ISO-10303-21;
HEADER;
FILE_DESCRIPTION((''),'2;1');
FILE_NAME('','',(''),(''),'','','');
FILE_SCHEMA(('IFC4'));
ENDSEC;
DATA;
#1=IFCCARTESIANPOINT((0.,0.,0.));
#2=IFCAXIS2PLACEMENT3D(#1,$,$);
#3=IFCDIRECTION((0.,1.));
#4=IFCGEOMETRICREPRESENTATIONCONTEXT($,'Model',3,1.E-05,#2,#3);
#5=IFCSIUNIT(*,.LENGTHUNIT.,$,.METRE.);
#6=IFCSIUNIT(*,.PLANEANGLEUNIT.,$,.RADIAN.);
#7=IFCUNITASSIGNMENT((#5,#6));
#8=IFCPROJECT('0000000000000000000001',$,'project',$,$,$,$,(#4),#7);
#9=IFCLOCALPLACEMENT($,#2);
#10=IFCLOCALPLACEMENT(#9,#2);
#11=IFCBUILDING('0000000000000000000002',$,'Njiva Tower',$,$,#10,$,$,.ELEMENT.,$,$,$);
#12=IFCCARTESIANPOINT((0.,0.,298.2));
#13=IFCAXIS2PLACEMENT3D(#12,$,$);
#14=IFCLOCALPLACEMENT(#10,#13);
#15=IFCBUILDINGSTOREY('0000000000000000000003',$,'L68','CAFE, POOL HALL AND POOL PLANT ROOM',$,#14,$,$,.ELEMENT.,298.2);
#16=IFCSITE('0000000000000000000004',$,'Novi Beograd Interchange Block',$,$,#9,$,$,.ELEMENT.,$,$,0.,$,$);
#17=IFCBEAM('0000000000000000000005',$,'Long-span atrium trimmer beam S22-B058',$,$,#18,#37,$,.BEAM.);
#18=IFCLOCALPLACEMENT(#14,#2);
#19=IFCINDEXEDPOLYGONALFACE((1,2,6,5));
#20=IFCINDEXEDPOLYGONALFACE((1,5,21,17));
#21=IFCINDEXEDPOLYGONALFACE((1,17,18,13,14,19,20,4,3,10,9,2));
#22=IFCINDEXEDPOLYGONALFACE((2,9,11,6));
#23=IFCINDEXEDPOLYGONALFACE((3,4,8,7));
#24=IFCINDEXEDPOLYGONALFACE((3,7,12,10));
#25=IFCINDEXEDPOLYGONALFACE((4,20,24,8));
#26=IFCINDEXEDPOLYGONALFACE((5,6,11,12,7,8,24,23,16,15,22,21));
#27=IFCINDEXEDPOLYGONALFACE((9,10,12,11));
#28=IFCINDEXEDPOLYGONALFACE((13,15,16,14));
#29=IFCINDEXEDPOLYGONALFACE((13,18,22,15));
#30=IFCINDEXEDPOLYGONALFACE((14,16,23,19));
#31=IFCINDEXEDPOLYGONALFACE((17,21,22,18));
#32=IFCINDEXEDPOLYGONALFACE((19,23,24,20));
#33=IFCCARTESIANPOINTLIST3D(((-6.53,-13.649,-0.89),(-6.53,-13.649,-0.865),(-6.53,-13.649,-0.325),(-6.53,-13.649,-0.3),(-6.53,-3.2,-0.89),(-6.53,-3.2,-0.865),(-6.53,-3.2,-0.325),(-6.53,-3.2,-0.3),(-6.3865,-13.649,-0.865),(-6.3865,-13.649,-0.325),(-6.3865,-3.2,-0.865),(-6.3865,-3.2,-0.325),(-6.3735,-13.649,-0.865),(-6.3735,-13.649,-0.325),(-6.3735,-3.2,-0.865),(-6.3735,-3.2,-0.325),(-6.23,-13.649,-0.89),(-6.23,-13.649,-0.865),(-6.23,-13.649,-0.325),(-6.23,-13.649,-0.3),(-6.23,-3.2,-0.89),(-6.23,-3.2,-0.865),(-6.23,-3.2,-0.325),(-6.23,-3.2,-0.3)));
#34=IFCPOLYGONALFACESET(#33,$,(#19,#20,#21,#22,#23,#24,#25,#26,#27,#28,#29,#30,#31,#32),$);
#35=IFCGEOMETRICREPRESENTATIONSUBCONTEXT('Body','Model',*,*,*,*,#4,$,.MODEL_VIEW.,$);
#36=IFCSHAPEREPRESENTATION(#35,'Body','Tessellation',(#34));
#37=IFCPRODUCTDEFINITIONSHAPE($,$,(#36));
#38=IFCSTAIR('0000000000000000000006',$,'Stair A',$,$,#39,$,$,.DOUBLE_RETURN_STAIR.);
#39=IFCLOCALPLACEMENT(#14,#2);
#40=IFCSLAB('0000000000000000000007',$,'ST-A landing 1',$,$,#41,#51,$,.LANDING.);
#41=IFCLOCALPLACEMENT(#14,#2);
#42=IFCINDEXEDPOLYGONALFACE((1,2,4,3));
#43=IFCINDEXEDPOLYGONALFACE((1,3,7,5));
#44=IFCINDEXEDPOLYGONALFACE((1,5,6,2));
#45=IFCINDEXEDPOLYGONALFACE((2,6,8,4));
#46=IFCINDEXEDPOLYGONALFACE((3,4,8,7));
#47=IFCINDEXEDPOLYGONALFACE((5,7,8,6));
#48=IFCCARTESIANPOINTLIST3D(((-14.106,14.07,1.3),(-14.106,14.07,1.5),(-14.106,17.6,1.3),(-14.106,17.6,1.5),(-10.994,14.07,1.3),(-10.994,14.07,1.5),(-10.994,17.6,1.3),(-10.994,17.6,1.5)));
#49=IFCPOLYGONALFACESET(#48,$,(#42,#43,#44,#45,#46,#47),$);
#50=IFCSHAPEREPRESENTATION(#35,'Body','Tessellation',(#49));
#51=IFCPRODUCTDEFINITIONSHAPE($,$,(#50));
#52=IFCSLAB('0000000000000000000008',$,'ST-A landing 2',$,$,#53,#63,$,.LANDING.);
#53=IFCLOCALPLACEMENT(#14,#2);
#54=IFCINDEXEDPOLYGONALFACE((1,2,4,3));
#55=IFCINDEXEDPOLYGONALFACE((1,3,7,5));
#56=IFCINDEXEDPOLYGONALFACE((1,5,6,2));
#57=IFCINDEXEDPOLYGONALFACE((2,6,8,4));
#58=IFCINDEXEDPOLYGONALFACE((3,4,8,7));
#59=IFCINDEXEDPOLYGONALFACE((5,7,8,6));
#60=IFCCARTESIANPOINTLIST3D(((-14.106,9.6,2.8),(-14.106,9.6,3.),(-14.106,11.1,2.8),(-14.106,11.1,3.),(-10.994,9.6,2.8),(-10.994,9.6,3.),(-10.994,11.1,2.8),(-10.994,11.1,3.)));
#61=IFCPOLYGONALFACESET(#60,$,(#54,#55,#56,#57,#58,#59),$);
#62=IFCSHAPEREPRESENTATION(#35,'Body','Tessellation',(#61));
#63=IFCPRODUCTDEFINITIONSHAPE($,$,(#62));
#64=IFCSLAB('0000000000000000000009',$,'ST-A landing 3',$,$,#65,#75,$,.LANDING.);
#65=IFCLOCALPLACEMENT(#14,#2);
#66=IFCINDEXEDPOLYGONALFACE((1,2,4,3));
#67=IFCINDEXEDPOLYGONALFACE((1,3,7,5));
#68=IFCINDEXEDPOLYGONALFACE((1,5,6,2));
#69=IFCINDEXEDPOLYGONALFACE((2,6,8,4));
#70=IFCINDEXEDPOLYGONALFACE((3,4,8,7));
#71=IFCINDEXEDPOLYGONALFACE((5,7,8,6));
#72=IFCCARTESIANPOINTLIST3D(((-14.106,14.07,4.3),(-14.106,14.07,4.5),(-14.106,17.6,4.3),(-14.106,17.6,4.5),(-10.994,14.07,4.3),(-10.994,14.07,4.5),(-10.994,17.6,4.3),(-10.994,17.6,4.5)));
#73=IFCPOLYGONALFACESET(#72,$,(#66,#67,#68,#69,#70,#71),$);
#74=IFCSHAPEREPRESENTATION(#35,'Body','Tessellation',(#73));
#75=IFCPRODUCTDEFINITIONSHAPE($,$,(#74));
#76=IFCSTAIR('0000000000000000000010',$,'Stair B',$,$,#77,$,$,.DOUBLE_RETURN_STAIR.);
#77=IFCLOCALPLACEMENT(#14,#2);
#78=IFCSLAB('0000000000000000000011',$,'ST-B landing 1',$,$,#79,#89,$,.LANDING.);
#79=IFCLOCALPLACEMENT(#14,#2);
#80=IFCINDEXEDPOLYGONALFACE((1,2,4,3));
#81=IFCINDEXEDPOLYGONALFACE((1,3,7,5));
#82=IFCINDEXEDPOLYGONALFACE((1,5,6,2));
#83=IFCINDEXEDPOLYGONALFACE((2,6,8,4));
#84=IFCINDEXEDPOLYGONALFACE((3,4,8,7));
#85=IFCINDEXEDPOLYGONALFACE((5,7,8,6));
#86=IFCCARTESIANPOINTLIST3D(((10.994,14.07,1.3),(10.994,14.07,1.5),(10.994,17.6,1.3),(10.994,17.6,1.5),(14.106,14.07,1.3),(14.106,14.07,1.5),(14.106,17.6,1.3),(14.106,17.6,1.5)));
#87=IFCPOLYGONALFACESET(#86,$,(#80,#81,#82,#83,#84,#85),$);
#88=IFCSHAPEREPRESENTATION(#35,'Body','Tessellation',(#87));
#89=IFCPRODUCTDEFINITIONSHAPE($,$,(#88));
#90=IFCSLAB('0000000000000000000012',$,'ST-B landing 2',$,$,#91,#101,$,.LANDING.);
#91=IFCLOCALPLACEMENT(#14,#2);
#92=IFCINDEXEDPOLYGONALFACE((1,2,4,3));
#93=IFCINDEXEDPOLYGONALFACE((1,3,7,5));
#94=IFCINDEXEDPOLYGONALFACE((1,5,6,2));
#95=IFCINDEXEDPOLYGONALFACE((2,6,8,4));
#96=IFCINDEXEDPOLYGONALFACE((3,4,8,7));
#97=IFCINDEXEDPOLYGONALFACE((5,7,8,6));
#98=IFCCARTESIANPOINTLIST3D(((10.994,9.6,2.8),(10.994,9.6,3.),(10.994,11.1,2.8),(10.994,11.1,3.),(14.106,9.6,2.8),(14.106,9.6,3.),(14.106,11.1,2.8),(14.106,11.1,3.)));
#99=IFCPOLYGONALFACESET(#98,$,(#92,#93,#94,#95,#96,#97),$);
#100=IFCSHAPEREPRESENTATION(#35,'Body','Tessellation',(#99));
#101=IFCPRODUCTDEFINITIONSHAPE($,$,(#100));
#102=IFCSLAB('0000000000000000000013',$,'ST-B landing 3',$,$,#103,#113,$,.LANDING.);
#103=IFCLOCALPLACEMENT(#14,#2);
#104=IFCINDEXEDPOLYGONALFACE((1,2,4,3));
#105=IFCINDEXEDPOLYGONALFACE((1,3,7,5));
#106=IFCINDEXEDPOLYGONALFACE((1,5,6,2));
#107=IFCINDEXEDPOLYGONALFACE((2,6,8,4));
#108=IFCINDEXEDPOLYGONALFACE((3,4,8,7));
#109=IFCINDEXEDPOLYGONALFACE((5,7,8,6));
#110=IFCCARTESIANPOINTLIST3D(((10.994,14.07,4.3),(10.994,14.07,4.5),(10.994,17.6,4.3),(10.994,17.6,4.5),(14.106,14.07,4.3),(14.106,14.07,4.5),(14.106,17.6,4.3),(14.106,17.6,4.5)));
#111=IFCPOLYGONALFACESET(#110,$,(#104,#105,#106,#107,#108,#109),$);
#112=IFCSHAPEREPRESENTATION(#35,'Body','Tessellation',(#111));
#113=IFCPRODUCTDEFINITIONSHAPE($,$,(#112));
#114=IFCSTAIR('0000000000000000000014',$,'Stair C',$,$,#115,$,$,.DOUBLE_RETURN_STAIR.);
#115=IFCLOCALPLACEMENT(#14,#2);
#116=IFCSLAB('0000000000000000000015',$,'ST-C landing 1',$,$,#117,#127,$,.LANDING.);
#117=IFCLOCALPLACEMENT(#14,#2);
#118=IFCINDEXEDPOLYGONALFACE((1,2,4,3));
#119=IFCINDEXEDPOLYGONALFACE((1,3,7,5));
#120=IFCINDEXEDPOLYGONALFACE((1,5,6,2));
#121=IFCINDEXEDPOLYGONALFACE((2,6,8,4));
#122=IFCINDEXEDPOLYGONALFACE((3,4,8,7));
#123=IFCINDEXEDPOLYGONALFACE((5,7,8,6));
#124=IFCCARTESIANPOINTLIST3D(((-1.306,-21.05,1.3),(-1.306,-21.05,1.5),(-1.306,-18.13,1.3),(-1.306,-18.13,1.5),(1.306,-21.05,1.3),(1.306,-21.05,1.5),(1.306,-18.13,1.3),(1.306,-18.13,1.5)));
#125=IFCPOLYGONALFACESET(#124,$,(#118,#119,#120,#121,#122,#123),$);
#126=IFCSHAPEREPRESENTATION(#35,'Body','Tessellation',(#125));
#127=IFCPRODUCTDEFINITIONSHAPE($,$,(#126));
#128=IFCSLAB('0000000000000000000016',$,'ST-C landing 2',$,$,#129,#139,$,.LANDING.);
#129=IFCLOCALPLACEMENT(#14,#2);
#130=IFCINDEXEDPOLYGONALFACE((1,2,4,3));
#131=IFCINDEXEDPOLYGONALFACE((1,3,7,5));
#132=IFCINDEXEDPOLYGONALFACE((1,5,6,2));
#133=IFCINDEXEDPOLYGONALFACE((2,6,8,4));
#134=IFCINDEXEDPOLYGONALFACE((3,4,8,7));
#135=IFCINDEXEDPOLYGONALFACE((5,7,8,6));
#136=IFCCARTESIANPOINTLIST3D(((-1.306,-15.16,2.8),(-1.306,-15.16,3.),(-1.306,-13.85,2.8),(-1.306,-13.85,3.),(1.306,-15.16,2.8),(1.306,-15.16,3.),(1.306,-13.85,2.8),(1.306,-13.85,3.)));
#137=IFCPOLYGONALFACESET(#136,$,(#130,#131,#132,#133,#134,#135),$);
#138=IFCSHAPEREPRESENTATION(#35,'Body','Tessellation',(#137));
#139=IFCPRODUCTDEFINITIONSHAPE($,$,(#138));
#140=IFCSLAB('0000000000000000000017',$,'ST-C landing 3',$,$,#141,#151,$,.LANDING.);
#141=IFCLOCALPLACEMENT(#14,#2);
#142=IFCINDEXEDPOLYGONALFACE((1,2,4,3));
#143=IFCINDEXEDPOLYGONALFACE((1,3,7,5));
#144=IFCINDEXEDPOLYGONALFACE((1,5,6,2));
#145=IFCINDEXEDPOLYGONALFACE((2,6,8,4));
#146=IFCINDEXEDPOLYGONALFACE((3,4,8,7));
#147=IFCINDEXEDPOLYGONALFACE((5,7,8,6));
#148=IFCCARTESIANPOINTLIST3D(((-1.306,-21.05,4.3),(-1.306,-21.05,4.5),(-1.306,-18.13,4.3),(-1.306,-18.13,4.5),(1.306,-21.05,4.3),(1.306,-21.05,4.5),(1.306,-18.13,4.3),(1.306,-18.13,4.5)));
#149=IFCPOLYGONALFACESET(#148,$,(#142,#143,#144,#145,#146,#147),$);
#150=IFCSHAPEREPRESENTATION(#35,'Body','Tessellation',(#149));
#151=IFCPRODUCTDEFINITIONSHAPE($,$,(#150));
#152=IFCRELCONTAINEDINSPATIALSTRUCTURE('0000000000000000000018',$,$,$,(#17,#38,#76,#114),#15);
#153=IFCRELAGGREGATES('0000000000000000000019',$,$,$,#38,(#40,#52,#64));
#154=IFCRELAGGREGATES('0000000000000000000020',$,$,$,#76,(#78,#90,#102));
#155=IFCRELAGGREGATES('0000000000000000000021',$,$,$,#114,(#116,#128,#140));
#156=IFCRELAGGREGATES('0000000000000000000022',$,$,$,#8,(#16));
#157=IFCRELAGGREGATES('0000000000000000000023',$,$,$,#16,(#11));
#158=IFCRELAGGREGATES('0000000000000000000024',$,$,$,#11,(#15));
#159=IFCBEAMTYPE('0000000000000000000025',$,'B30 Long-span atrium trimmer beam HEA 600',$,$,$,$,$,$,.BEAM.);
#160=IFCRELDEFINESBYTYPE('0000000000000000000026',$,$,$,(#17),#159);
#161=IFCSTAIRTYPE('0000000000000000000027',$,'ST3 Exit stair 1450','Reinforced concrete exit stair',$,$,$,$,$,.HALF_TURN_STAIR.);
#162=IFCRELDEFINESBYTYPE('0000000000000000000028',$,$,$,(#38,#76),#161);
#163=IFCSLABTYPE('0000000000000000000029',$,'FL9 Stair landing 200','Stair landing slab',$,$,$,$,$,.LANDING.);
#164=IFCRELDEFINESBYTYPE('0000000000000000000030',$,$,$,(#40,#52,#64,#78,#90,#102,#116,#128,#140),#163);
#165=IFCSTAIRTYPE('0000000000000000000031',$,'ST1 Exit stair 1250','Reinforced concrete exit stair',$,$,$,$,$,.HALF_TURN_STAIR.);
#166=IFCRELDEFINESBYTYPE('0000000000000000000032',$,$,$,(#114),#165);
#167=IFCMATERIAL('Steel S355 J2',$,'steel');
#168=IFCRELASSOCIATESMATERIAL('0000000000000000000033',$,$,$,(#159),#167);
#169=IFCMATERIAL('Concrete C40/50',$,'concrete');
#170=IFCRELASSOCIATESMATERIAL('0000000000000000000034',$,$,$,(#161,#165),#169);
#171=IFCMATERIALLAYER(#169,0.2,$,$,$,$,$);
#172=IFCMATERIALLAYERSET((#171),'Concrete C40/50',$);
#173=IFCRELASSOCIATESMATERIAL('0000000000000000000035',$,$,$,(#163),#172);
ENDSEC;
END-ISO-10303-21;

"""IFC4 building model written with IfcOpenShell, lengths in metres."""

from ifc_helpers import new_model, si_unit, direction, frame, origin, origin_2d, place, context, subcontext, project, spatial, polyline, i_section, outline, extrude, material, layer, layer_set, material_profile, profile_set, type_object, element, aggregate, save


model = new_model("IFC4")

# Units and contexts
model_context = context("Model", 3, precision=1e-05, world=origin(), true_north=direction((0.0, 1.0)))
body_context = subcontext(model_context, "Body", "Model", "MODEL_VIEW")
ifc_project = project(units=[si_unit("LENGTHUNIT", "METRE"), si_unit("PLANEANGLEUNIT", "RADIAN")], contexts=[model_context])

# Site, building, storey
site_placement = place(None, origin())
site = spatial("IfcSite", under=ifc_project, at=site_placement, Name="Novi Beograd Interchange Block", CompositionType="ELEMENT", RefElevation=0.0)
building_placement = place(site_placement, origin())
building = spatial("IfcBuilding", under=site, at=building_placement, Name="Njiva Tower", CompositionType="ELEMENT")
storey_placement = place(building_placement, frame((0.0, 0.0, 298.2)))
storey = spatial("IfcBuildingStorey", under=building, at=storey_placement, Name="L68", Description="CAFE, POOL HALL AND POOL PLANT ROOM", CompositionType="ELEMENT", Elevation=298.2)

# Beam
ifc_material_1 = material(Name="Steel S355 J2", Category="steel")
ifc_material_profile = material_profile(ifc_material_1, i_section(OverallWidth=0.3, OverallDepth=0.59, WebThickness=0.013, FlangeThickness=0.025, at=origin_2d()), Name="HEA 600")
ifc_profile_set = profile_set([ifc_material_profile], Name="Steel S355 J2")
beam_type = type_object("IfcBeamType", Name="B30 Long-span atrium trimmer beam HEA 600", PredefinedType="BEAM", material=ifc_profile_set)
beam_placement = place(storey_placement, frame((-6.38, -3.2, -0.595), z_axis=(0.0, -1.0, 0.0), x_axis=(1.0, 0.0, 0.0)))
element("IfcBeam", 1, at=beam_placement, inside=storey, type_object=beam_type, Name="Long-span atrium trimmer beam S22-B058", PredefinedType="BEAM", context=body_context, shape_type="SweptSolid", body=[
    extrude(i_section(OverallWidth=0.3, OverallDepth=0.59, WebThickness=0.013, FlangeThickness=0.025, at=origin_2d()), origin(), (0.0, 0.0, 1.0), 10.449),
])

# Stairs, slabs
ifc_material_2 = material(Name="Concrete C40/50", Category="concrete")
stair_type_1 = type_object("IfcStairType", Name="ST3 Exit stair 1450", Description="Reinforced concrete exit stair", PredefinedType="HALF_TURN_STAIR", material=ifc_material_2)
stair_1_placement = place(storey_placement, origin())
stair_1 = element("IfcStair", 2, at=stair_1_placement, inside=storey, type_object=stair_type_1, Name="Stair A", PredefinedType="DOUBLE_RETURN_STAIR")
ifc_layer_1 = layer(ifc_material_2, 0.2)
ifc_layer_set_1 = layer_set([ifc_layer_1], Name="Concrete C40/50")
slab_type_1 = type_object("IfcSlabType", Name="FL9 Stair landing 200", Description="Stair landing slab", PredefinedType="LANDING", material=ifc_layer_set_1)
slab_1_placement = place(storey_placement, frame((0.0, 0.0, 1.3)))
slab_1 = element("IfcSlab", 3, at=slab_1_placement, type_object=slab_type_1, Name="ST-A landing 1", PredefinedType="LANDING", context=body_context, shape_type="SweptSolid", body=[
    extrude(outline(polyline([(-14.106, 14.07), (-10.994, 14.07), (-10.994, 17.6), (-14.106, 17.6), (-14.106, 14.07)])), origin(), (0.0, 0.0, 1.0), 0.2),
])
slab_2_placement = place(storey_placement, frame((0.0, 0.0, 2.8)))
slab_2 = element("IfcSlab", 4, at=slab_2_placement, type_object=slab_type_1, Name="ST-A landing 2", PredefinedType="LANDING", context=body_context, shape_type="SweptSolid", body=[
    extrude(outline(polyline([(-14.106, 9.6), (-10.994, 9.6), (-10.994, 11.1), (-14.106, 11.1), (-14.106, 9.6)])), origin(), (0.0, 0.0, 1.0), 0.2),
])
slab_3_placement = place(storey_placement, frame((0.0, 0.0, 4.3)))
slab_3 = element("IfcSlab", 5, at=slab_3_placement, type_object=slab_type_1, Name="ST-A landing 3", PredefinedType="LANDING", context=body_context, shape_type="SweptSolid", body=[
    extrude(outline(polyline([(-14.106, 14.07), (-10.994, 14.07), (-10.994, 17.6), (-14.106, 17.6), (-14.106, 14.07)])), origin(), (0.0, 0.0, 1.0), 0.2),
])
aggregate(stair_1, [slab_1, slab_2, slab_3])
stair_2_placement = place(storey_placement, origin())
stair_2 = element("IfcStair", 6, at=stair_2_placement, inside=storey, type_object=stair_type_1, Name="Stair B", PredefinedType="DOUBLE_RETURN_STAIR")
slab_4_placement = place(storey_placement, frame((0.0, 0.0, 1.3)))
slab_4 = element("IfcSlab", 7, at=slab_4_placement, type_object=slab_type_1, Name="ST-B landing 1", PredefinedType="LANDING", context=body_context, shape_type="SweptSolid", body=[
    extrude(outline(polyline([(10.994, 14.07), (14.106, 14.07), (14.106, 17.6), (10.994, 17.6), (10.994, 14.07)])), origin(), (0.0, 0.0, 1.0), 0.2),
])
slab_5_placement = place(storey_placement, frame((0.0, 0.0, 2.8)))
slab_5 = element("IfcSlab", 8, at=slab_5_placement, type_object=slab_type_1, Name="ST-B landing 2", PredefinedType="LANDING", context=body_context, shape_type="SweptSolid", body=[
    extrude(outline(polyline([(10.994, 9.6), (14.106, 9.6), (14.106, 11.1), (10.994, 11.1), (10.994, 9.6)])), origin(), (0.0, 0.0, 1.0), 0.2),
])
slab_6_placement = place(storey_placement, frame((0.0, 0.0, 4.3)))
slab_6 = element("IfcSlab", 9, at=slab_6_placement, type_object=slab_type_1, Name="ST-B landing 3", PredefinedType="LANDING", context=body_context, shape_type="SweptSolid", body=[
    extrude(outline(polyline([(10.994, 14.07), (14.106, 14.07), (14.106, 17.6), (10.994, 17.6), (10.994, 14.07)])), origin(), (0.0, 0.0, 1.0), 0.2),
])
aggregate(stair_2, [slab_4, slab_5, slab_6])
stair_type_2 = type_object("IfcStairType", Name="ST1 Exit stair 1250", Description="Reinforced concrete exit stair", PredefinedType="HALF_TURN_STAIR", material=ifc_material_2)
stair_3_placement = place(storey_placement, origin())
stair_3 = element("IfcStair", 10, at=stair_3_placement, inside=storey, type_object=stair_type_2, Name="Stair C", PredefinedType="DOUBLE_RETURN_STAIR")
slab_7_placement = place(storey_placement, frame((0.0, 0.0, 1.3)))
slab_7 = element("IfcSlab", 11, at=slab_7_placement, type_object=slab_type_1, Name="ST-C landing 1", PredefinedType="LANDING", context=body_context, shape_type="SweptSolid", body=[
    extrude(outline(polyline([(-1.306, -21.05), (1.306, -21.05), (1.306, -18.13), (-1.306, -18.13), (-1.306, -21.05)])), origin(), (0.0, 0.0, 1.0), 0.2),
])
slab_8_placement = place(storey_placement, frame((0.0, 0.0, 2.8)))
slab_8 = element("IfcSlab", 12, at=slab_8_placement, type_object=slab_type_1, Name="ST-C landing 2", PredefinedType="LANDING", context=body_context, shape_type="SweptSolid", body=[
    extrude(outline(polyline([(-1.306, -15.16), (1.306, -15.16), (1.306, -13.85), (-1.306, -13.85), (-1.306, -15.16)])), origin(), (0.0, 0.0, 1.0), 0.2),
])
slab_9_placement = place(storey_placement, frame((0.0, 0.0, 4.3)))
slab_9 = element("IfcSlab", 13, at=slab_9_placement, type_object=slab_type_1, Name="ST-C landing 3", PredefinedType="LANDING", context=body_context, shape_type="SweptSolid", body=[
    extrude(outline(polyline([(-1.306, -21.05), (1.306, -21.05), (1.306, -18.13), (-1.306, -18.13), (-1.306, -21.05)])), origin(), (0.0, 0.0, 1.0), 0.2),
])
aggregate(stair_3, [slab_7, slab_8, slab_9])

save(model, "model.ifc")
